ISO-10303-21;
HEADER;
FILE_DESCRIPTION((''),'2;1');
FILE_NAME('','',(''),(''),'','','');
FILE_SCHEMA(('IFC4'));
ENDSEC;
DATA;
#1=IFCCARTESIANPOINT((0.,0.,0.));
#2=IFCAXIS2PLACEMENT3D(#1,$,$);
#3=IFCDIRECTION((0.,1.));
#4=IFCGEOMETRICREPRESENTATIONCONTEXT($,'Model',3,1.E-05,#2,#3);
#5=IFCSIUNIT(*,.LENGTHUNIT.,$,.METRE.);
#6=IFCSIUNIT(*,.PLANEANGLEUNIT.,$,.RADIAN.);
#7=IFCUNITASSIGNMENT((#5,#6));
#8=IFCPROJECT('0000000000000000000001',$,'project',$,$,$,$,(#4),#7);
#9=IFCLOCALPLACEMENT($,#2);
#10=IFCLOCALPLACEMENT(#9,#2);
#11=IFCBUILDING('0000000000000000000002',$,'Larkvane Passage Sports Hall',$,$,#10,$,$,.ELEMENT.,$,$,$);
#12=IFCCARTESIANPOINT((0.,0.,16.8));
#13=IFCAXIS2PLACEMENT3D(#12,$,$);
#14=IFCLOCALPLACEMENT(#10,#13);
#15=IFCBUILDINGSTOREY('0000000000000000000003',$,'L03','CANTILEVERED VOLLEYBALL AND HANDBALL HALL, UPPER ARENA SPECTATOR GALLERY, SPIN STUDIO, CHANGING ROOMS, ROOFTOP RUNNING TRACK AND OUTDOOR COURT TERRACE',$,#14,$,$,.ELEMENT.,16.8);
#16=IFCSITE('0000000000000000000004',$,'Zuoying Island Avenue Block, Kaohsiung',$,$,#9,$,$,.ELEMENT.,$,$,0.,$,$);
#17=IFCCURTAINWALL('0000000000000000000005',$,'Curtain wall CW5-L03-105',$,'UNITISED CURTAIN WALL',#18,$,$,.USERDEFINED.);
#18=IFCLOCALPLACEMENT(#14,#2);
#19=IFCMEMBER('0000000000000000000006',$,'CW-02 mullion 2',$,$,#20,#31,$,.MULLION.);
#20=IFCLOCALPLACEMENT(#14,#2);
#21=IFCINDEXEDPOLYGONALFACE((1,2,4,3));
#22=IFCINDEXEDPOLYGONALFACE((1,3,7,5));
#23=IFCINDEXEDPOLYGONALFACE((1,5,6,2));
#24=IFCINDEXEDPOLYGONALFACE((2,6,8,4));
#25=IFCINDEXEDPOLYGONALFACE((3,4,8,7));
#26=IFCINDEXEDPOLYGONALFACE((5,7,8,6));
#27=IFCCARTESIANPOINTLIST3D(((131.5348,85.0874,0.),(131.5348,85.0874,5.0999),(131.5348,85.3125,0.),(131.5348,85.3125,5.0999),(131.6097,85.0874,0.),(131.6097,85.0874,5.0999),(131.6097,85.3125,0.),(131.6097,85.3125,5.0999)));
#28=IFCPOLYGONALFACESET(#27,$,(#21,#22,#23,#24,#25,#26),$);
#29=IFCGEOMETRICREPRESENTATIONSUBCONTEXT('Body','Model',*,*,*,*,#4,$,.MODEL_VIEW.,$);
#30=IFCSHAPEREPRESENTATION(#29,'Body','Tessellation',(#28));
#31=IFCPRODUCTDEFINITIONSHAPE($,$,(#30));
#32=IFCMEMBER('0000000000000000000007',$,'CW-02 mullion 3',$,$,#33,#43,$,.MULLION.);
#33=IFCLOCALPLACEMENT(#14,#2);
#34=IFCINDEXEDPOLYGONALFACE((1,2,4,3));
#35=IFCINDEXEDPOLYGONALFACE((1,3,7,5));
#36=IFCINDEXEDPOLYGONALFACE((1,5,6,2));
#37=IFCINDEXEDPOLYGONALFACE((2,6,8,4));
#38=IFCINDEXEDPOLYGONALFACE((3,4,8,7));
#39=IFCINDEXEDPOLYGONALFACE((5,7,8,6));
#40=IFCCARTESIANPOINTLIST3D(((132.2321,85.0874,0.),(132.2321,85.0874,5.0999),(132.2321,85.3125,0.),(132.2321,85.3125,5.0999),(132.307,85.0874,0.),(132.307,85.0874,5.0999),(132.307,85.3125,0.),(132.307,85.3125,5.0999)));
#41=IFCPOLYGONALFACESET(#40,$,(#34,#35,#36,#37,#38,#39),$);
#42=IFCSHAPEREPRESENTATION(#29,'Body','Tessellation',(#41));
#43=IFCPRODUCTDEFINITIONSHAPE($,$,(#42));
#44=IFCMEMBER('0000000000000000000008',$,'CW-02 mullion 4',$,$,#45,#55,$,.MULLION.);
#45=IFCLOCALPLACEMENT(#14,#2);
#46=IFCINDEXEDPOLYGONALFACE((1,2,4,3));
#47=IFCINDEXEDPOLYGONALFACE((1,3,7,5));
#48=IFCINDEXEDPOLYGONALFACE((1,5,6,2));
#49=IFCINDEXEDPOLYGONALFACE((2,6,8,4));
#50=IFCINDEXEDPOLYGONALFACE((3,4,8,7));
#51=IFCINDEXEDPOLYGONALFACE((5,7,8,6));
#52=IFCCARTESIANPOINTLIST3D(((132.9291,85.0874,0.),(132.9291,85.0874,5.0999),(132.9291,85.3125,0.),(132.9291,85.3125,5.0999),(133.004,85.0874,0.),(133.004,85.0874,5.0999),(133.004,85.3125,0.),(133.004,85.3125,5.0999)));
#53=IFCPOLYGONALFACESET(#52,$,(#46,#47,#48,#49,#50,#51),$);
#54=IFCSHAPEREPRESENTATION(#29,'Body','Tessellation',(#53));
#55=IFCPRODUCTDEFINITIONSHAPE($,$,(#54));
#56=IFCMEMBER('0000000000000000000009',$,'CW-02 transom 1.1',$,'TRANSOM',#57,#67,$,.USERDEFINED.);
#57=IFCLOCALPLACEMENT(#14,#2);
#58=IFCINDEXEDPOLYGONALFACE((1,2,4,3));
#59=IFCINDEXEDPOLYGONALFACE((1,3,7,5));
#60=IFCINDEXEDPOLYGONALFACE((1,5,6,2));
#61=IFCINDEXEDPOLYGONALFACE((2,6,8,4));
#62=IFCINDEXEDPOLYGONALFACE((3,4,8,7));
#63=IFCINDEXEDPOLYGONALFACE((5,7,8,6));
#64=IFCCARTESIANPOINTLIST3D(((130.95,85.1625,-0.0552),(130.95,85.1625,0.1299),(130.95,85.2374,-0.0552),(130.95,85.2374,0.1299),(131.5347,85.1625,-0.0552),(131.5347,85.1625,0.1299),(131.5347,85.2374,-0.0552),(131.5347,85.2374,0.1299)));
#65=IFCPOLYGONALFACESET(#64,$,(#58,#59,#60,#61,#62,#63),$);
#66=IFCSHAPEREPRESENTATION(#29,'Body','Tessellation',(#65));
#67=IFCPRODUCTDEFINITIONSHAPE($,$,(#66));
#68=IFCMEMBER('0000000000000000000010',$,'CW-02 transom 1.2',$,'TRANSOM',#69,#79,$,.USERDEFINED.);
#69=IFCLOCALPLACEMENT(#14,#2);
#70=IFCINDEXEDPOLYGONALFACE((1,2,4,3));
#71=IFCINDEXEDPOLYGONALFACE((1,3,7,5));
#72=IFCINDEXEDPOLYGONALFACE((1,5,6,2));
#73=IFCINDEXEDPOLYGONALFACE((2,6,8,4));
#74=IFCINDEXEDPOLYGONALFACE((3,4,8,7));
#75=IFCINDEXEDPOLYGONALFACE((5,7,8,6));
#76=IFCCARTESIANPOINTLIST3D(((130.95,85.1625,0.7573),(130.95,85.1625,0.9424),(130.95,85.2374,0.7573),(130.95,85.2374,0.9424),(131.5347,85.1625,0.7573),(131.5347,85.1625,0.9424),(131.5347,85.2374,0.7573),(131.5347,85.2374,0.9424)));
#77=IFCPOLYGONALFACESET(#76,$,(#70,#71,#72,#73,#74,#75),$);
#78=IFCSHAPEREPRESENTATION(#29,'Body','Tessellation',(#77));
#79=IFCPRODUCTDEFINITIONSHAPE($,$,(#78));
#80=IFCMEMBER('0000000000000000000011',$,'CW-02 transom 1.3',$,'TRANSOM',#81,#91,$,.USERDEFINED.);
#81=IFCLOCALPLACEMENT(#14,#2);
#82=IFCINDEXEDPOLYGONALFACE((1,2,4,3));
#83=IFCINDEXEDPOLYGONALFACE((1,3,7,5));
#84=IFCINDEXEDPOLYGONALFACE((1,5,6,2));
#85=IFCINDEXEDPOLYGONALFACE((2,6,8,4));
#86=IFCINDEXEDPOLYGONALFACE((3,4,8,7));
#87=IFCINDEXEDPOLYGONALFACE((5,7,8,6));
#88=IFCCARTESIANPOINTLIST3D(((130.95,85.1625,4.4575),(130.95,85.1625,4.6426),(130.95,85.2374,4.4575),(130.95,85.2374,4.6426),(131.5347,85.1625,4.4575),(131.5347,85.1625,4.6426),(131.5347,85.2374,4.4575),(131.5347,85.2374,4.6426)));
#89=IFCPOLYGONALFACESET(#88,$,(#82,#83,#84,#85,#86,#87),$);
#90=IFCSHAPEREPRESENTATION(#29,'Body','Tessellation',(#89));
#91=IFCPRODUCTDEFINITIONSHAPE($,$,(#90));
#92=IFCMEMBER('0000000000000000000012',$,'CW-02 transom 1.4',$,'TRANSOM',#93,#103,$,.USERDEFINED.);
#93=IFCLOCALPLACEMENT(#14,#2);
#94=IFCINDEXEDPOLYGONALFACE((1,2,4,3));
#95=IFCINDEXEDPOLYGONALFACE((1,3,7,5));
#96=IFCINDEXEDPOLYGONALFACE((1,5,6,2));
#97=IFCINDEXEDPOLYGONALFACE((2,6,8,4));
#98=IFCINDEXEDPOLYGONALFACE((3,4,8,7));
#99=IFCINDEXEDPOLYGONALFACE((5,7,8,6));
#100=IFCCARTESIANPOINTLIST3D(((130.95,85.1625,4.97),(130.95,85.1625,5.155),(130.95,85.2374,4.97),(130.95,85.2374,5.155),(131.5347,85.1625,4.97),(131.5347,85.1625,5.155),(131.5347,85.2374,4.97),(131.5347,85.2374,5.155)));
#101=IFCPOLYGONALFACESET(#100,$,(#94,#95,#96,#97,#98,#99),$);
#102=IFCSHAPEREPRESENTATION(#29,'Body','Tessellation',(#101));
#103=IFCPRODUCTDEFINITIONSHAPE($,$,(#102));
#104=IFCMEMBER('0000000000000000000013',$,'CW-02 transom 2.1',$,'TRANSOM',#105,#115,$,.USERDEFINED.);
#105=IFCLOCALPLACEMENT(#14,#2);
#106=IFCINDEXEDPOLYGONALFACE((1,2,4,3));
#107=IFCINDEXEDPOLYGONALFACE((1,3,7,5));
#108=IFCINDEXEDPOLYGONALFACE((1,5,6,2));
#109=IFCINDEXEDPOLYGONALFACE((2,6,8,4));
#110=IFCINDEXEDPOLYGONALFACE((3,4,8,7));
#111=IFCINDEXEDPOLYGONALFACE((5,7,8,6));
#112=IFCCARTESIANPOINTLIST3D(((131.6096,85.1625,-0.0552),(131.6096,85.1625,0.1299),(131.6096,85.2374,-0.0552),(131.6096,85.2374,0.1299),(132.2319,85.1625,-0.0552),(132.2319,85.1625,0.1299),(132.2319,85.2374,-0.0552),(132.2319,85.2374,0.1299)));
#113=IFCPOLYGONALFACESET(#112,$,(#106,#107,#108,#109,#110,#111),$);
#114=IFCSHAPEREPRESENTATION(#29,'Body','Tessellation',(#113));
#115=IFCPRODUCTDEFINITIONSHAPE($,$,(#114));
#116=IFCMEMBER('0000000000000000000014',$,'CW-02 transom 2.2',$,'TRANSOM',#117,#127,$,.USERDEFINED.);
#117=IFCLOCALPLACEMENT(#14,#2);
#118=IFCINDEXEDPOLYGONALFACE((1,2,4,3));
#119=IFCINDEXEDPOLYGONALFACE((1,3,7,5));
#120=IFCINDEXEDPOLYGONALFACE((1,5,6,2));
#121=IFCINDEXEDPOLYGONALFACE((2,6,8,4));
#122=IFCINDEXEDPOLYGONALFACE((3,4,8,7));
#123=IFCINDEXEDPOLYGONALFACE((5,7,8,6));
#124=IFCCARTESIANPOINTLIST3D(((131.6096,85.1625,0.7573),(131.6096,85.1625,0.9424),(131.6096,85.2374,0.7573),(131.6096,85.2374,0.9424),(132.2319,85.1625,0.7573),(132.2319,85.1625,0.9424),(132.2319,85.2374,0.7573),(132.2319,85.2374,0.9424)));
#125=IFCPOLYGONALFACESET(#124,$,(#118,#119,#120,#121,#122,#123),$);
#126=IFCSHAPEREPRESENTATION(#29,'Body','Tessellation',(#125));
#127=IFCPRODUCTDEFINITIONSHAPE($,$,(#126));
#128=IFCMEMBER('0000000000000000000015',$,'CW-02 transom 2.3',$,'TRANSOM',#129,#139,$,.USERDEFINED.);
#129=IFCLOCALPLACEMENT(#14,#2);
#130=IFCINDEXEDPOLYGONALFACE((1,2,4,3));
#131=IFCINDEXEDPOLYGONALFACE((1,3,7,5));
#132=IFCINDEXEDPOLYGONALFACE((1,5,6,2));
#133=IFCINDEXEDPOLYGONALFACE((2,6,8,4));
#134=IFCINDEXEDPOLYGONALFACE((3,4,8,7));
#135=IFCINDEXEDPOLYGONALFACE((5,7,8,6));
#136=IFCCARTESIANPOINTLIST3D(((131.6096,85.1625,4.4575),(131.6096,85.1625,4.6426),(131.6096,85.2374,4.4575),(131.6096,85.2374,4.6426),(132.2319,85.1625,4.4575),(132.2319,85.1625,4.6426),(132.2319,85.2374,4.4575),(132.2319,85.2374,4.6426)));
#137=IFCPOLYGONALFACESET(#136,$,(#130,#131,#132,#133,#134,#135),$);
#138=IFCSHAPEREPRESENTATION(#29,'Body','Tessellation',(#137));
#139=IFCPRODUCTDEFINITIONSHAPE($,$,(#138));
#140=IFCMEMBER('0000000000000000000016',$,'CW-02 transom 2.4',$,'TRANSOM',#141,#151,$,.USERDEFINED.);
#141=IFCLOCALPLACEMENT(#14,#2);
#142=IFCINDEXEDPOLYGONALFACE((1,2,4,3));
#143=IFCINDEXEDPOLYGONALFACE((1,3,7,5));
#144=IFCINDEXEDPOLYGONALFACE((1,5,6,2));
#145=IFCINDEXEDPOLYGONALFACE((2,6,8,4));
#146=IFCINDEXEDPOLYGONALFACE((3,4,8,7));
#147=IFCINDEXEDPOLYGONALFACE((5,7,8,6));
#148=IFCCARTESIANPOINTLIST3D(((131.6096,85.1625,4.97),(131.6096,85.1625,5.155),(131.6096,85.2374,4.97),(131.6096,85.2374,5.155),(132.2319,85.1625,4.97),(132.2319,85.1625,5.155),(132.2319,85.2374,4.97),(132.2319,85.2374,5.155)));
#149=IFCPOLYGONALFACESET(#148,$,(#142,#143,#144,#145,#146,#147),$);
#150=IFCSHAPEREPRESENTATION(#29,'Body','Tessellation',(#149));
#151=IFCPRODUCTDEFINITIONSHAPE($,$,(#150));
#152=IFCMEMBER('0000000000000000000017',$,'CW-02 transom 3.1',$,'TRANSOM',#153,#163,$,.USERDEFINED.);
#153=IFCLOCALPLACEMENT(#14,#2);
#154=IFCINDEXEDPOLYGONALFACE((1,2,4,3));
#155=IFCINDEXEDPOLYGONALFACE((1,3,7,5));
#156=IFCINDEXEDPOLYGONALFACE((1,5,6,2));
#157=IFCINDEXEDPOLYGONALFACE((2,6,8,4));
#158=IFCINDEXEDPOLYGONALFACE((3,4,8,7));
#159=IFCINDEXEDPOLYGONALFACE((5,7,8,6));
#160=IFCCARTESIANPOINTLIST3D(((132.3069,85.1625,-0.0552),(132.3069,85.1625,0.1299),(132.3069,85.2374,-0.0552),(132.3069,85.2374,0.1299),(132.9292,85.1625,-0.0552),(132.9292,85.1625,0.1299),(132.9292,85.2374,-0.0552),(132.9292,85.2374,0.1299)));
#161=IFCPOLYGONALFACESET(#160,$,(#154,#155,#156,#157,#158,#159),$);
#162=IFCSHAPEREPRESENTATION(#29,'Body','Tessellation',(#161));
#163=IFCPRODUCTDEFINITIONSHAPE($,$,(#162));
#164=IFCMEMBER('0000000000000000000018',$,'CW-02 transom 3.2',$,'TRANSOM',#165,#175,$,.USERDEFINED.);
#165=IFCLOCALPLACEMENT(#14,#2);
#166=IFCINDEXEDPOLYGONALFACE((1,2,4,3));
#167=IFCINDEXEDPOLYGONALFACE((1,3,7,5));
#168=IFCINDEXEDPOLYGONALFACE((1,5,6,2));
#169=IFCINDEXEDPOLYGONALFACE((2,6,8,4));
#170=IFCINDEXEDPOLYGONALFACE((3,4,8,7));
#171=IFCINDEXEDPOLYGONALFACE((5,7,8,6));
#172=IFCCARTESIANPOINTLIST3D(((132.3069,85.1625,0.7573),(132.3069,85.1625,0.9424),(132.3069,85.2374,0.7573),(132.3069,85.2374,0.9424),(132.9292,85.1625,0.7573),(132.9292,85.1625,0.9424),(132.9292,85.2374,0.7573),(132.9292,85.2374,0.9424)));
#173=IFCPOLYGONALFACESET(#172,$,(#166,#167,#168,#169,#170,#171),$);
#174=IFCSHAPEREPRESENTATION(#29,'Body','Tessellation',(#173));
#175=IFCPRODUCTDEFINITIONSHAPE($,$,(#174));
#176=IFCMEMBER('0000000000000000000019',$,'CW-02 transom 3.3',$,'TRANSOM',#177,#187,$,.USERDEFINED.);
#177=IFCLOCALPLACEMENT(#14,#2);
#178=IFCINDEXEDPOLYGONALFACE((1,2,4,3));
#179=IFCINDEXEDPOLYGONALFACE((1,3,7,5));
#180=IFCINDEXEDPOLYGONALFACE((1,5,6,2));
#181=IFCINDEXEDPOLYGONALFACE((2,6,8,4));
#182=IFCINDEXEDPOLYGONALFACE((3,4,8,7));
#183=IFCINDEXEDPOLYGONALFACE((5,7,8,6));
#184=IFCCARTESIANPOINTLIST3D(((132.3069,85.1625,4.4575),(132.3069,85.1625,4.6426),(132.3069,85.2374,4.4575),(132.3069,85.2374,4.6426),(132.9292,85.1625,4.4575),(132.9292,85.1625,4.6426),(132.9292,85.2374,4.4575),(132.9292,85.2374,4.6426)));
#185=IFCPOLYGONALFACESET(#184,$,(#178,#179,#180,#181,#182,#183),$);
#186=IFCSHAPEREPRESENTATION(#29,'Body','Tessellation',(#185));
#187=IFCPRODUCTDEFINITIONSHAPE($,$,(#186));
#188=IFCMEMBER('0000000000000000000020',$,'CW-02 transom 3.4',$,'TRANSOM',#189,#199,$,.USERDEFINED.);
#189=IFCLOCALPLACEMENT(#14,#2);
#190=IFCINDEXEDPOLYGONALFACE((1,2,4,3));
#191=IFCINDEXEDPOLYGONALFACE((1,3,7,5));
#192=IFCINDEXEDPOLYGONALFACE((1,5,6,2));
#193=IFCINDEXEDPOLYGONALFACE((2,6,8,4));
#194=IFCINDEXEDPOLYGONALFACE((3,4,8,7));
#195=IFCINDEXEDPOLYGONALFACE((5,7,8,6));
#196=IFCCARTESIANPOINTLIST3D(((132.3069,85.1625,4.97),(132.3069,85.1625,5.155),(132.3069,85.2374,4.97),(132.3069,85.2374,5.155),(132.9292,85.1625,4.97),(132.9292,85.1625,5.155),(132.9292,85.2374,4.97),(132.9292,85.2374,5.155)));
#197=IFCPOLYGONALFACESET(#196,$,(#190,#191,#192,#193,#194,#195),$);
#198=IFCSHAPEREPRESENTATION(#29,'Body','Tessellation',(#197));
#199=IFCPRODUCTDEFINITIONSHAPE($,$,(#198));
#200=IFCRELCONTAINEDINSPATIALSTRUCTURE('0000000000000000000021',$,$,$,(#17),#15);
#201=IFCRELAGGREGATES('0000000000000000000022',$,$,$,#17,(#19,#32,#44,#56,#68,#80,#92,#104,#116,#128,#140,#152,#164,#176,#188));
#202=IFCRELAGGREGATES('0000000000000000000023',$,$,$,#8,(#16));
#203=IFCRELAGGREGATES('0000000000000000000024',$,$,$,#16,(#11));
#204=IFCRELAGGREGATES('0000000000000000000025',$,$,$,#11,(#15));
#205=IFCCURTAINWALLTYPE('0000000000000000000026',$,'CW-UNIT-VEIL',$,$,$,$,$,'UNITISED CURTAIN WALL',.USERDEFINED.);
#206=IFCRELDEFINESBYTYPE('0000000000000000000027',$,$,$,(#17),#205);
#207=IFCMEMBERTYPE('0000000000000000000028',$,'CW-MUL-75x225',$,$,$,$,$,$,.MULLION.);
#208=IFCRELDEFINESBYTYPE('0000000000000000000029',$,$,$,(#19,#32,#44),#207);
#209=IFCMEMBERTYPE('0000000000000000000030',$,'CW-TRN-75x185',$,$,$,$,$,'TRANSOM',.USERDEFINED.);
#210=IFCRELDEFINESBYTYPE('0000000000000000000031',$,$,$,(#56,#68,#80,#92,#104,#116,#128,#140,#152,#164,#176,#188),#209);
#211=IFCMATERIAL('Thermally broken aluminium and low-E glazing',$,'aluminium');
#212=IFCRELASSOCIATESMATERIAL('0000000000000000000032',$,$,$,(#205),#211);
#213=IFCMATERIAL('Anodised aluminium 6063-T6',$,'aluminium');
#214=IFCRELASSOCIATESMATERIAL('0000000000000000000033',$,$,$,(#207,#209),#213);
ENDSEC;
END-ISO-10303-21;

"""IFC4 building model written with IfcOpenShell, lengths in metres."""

from ifc_helpers import new_model, si_unit, direction, frame, origin, origin_2d, place, context, subcontext, project, spatial, rectangle, extrude, material, material_profile, profile_set, type_object, element, aggregate, save


model = new_model("IFC4")

# Units and contexts
model_context = context("Model", 3, precision=1e-05, world=origin(), true_north=direction((0.0, 1.0)))
body_context = subcontext(model_context, "Body", "Model", "MODEL_VIEW")
ifc_project = project(units=[si_unit("LENGTHUNIT", "METRE"), si_unit("PLANEANGLEUNIT", "RADIAN")], contexts=[model_context])

# Site, building, storey
site_placement = place(None, origin())
site = spatial("IfcSite", under=ifc_project, at=site_placement, Name="Zuoying Island Avenue Block, Kaohsiung", CompositionType="ELEMENT", RefElevation=0.0)
building_placement = place(site_placement, origin())
building = spatial("IfcBuilding", under=site, at=building_placement, Name="Larkvane Passage Sports Hall", CompositionType="ELEMENT")
storey_placement = place(building_placement, frame((0.0, 0.0, 16.8)))
storey = spatial("IfcBuildingStorey", under=building, at=storey_placement, Name="L03", Description="CANTILEVERED VOLLEYBALL AND HANDBALL HALL, UPPER ARENA SPECTATOR GALLERY, SPIN STUDIO, CHANGING ROOMS, ROOFTOP RUNNING TRACK AND OUTDOOR COURT TERRACE", CompositionType="ELEMENT", Elevation=16.8)

# Curtain wall, members
ifc_material_1 = material(Name="Thermally broken aluminium and low-E glazing", Category="aluminium")
curtain_wall_type = type_object("IfcCurtainWallType", Name="CW-UNIT-VEIL", ElementType="UNITISED CURTAIN WALL", PredefinedType="USERDEFINED", material=ifc_material_1)
curtain_wall_placement = place(storey_placement, origin())
curtain_wall = element("IfcCurtainWall", 1, at=curtain_wall_placement, inside=storey, type_object=curtain_wall_type, Name="Curtain wall CW5-L03-105", ObjectType="UNITISED CURTAIN WALL", PredefinedType="USERDEFINED")
ifc_material_2 = material(Name="Anodised aluminium 6063-T6", Category="aluminium")
ifc_material_profile_1 = material_profile(ifc_material_2, rectangle(XDim=0.075, YDim=0.2251, at=origin_2d()), Name="ALU-MUL-75x225")
ifc_profile_set_1 = profile_set([ifc_material_profile_1], Name="Anodised aluminium 6063-T6")
member_type_1 = type_object("IfcMemberType", Name="CW-MUL-75x225", PredefinedType="MULLION", material=ifc_profile_set_1)
member_1_placement = place(storey_placement, frame((131.5723, 85.2, 0.0), z_axis=(0.0, 0.0, 1.0), x_axis=(1.0, 0.0, 0.0)))
member_1 = element("IfcMember", 2, at=member_1_placement, type_object=member_type_1, Name="CW-02 mullion 2", PredefinedType="MULLION", context=body_context, shape_type="SweptSolid", body=[
    extrude(rectangle(XDim=0.075, YDim=0.2251, at=origin_2d()), origin(), (0.0, 0.0, 1.0), 5.0999),
])
member_2_placement = place(storey_placement, frame((132.2695, 85.2, 0.0), z_axis=(0.0, 0.0, 1.0), x_axis=(1.0, 0.0, 0.0)))
member_2 = element("IfcMember", 3, at=member_2_placement, type_object=member_type_1, Name="CW-02 mullion 3", PredefinedType="MULLION", context=body_context, shape_type="SweptSolid", body=[
    extrude(rectangle(XDim=0.075, YDim=0.2251, at=origin_2d()), origin(), (0.0, 0.0, 1.0), 5.0999),
])
member_3_placement = place(storey_placement, frame((132.9666, 85.2, 0.0), z_axis=(0.0, 0.0, 1.0), x_axis=(1.0, 0.0, 0.0)))
member_3 = element("IfcMember", 4, at=member_3_placement, type_object=member_type_1, Name="CW-02 mullion 4", PredefinedType="MULLION", context=body_context, shape_type="SweptSolid", body=[
    extrude(rectangle(XDim=0.075, YDim=0.2251, at=origin_2d()), origin(), (0.0, 0.0, 1.0), 5.0999),
])
ifc_material_profile_2 = material_profile(ifc_material_2, rectangle(XDim=0.075, YDim=0.1851, at=origin_2d()), Name="ALU-TRN-75x185")
ifc_profile_set_2 = profile_set([ifc_material_profile_2], Name="Anodised aluminium 6063-T6")
member_type_2 = type_object("IfcMemberType", Name="CW-TRN-75x185", ElementType="TRANSOM", PredefinedType="USERDEFINED", material=ifc_profile_set_2)
member_4_placement = place(storey_placement, frame((130.95, 85.2, 0.0374), z_axis=(1.0, 0.0, 0.0), x_axis=(0.0, 1.0, 0.0)))
member_4 = element("IfcMember", 5, at=member_4_placement, type_object=member_type_2, Name="CW-02 transom 1.1", ObjectType="TRANSOM", PredefinedType="USERDEFINED", context=body_context, shape_type="SweptSolid", body=[
    extrude(rectangle(XDim=0.075, YDim=0.1851, at=origin_2d()), origin(), (0.0, 0.0, 1.0), 0.5847),
])
member_5_placement = place(storey_placement, frame((130.95, 85.2, 0.8499), z_axis=(1.0, 0.0, 0.0), x_axis=(0.0, 1.0, 0.0)))
member_5 = element("IfcMember", 6, at=member_5_placement, type_object=member_type_2, Name="CW-02 transom 1.2", ObjectType="TRANSOM", PredefinedType="USERDEFINED", context=body_context, shape_type="SweptSolid", body=[
    extrude(rectangle(XDim=0.075, YDim=0.1851, at=origin_2d()), origin(), (0.0, 0.0, 1.0), 0.5847),
])
member_6_placement = place(storey_placement, frame((130.95, 85.2, 4.55), z_axis=(1.0, 0.0, 0.0), x_axis=(0.0, 1.0, 0.0)))
member_6 = element("IfcMember", 7, at=member_6_placement, type_object=member_type_2, Name="CW-02 transom 1.3", ObjectType="TRANSOM", PredefinedType="USERDEFINED", context=body_context, shape_type="SweptSolid", body=[
    extrude(rectangle(XDim=0.075, YDim=0.1851, at=origin_2d()), origin(), (0.0, 0.0, 1.0), 0.5847),
])
member_7_placement = place(storey_placement, frame((130.95, 85.2, 5.0625), z_axis=(1.0, 0.0, 0.0), x_axis=(0.0, 1.0, 0.0)))
member_7 = element("IfcMember", 8, at=member_7_placement, type_object=member_type_2, Name="CW-02 transom 1.4", ObjectType="TRANSOM", PredefinedType="USERDEFINED", context=body_context, shape_type="SweptSolid", body=[
    extrude(rectangle(XDim=0.075, YDim=0.1851, at=origin_2d()), origin(), (0.0, 0.0, 1.0), 0.5847),
])
member_8_placement = place(storey_placement, frame((131.6096, 85.2, 0.0374), z_axis=(1.0, 0.0, 0.0), x_axis=(0.0, 1.0, 0.0)))
member_8 = element("IfcMember", 9, at=member_8_placement, type_object=member_type_2, Name="CW-02 transom 2.1", ObjectType="TRANSOM", PredefinedType="USERDEFINED", context=body_context, shape_type="SweptSolid", body=[
    extrude(rectangle(XDim=0.075, YDim=0.1851, at=origin_2d()), origin(), (0.0, 0.0, 1.0), 0.6223),
])
member_9_placement = place(storey_placement, frame((131.6096, 85.2, 0.8499), z_axis=(1.0, 0.0, 0.0), x_axis=(0.0, 1.0, 0.0)))
member_9 = element("IfcMember", 10, at=member_9_placement, type_object=member_type_2, Name="CW-02 transom 2.2", ObjectType="TRANSOM", PredefinedType="USERDEFINED", context=body_context, shape_type="SweptSolid", body=[
    extrude(rectangle(XDim=0.075, YDim=0.1851, at=origin_2d()), origin(), (0.0, 0.0, 1.0), 0.6223),
])
member_10_placement = place(storey_placement, frame((131.6096, 85.2, 4.55), z_axis=(1.0, 0.0, 0.0), x_axis=(0.0, 1.0, 0.0)))
member_10 = element("IfcMember", 11, at=member_10_placement, type_object=member_type_2, Name="CW-02 transom 2.3", ObjectType="TRANSOM", PredefinedType="USERDEFINED", context=body_context, shape_type="SweptSolid", body=[
    extrude(rectangle(XDim=0.075, YDim=0.1851, at=origin_2d()), origin(), (0.0, 0.0, 1.0), 0.6223),
])
member_11_placement = place(storey_placement, frame((131.6096, 85.2, 5.0625), z_axis=(1.0, 0.0, 0.0), x_axis=(0.0, 1.0, 0.0)))
member_11 = element("IfcMember", 12, at=member_11_placement, type_object=member_type_2, Name="CW-02 transom 2.4", ObjectType="TRANSOM", PredefinedType="USERDEFINED", context=body_context, shape_type="SweptSolid", body=[
    extrude(rectangle(XDim=0.075, YDim=0.1851, at=origin_2d()), origin(), (0.0, 0.0, 1.0), 0.6223),
])
member_12_placement = place(storey_placement, frame((132.3069, 85.2, 0.0374), z_axis=(1.0, 0.0, 0.0), x_axis=(0.0, 1.0, 0.0)))
member_12 = element("IfcMember", 13, at=member_12_placement, type_object=member_type_2, Name="CW-02 transom 3.1", ObjectType="TRANSOM", PredefinedType="USERDEFINED", context=body_context, shape_type="SweptSolid", body=[
    extrude(rectangle(XDim=0.075, YDim=0.1851, at=origin_2d()), origin(), (0.0, 0.0, 1.0), 0.6223),
])
member_13_placement = place(storey_placement, frame((132.3069, 85.2, 0.8499), z_axis=(1.0, 0.0, 0.0), x_axis=(0.0, 1.0, 0.0)))
member_13 = element("IfcMember", 14, at=member_13_placement, type_object=member_type_2, Name="CW-02 transom 3.2", ObjectType="TRANSOM", PredefinedType="USERDEFINED", context=body_context, shape_type="SweptSolid", body=[
    extrude(rectangle(XDim=0.075, YDim=0.1851, at=origin_2d()), origin(), (0.0, 0.0, 1.0), 0.6223),
])
member_14_placement = place(storey_placement, frame((132.3069, 85.2, 4.55), z_axis=(1.0, 0.0, 0.0), x_axis=(0.0, 1.0, 0.0)))
member_14 = element("IfcMember", 15, at=member_14_placement, type_object=member_type_2, Name="CW-02 transom 3.3", ObjectType="TRANSOM", PredefinedType="USERDEFINED", context=body_context, shape_type="SweptSolid", body=[
    extrude(rectangle(XDim=0.075, YDim=0.1851, at=origin_2d()), origin(), (0.0, 0.0, 1.0), 0.6223),
])
member_15_placement = place(storey_placement, frame((132.3069, 85.2, 5.0625), z_axis=(1.0, 0.0, 0.0), x_axis=(0.0, 1.0, 0.0)))
member_15 = element("IfcMember", 16, at=member_15_placement, type_object=member_type_2, Name="CW-02 transom 3.4", ObjectType="TRANSOM", PredefinedType="USERDEFINED", context=body_context, shape_type="SweptSolid", body=[
    extrude(rectangle(XDim=0.075, YDim=0.1851, at=origin_2d()), origin(), (0.0, 0.0, 1.0), 0.6223),
])
aggregate(curtain_wall, [member_1, member_2, member_3, member_4, member_5, member_6, member_7, member_8, member_9, member_10, member_11, member_12, member_13, member_14, member_15])

save(model, "model.ifc")
